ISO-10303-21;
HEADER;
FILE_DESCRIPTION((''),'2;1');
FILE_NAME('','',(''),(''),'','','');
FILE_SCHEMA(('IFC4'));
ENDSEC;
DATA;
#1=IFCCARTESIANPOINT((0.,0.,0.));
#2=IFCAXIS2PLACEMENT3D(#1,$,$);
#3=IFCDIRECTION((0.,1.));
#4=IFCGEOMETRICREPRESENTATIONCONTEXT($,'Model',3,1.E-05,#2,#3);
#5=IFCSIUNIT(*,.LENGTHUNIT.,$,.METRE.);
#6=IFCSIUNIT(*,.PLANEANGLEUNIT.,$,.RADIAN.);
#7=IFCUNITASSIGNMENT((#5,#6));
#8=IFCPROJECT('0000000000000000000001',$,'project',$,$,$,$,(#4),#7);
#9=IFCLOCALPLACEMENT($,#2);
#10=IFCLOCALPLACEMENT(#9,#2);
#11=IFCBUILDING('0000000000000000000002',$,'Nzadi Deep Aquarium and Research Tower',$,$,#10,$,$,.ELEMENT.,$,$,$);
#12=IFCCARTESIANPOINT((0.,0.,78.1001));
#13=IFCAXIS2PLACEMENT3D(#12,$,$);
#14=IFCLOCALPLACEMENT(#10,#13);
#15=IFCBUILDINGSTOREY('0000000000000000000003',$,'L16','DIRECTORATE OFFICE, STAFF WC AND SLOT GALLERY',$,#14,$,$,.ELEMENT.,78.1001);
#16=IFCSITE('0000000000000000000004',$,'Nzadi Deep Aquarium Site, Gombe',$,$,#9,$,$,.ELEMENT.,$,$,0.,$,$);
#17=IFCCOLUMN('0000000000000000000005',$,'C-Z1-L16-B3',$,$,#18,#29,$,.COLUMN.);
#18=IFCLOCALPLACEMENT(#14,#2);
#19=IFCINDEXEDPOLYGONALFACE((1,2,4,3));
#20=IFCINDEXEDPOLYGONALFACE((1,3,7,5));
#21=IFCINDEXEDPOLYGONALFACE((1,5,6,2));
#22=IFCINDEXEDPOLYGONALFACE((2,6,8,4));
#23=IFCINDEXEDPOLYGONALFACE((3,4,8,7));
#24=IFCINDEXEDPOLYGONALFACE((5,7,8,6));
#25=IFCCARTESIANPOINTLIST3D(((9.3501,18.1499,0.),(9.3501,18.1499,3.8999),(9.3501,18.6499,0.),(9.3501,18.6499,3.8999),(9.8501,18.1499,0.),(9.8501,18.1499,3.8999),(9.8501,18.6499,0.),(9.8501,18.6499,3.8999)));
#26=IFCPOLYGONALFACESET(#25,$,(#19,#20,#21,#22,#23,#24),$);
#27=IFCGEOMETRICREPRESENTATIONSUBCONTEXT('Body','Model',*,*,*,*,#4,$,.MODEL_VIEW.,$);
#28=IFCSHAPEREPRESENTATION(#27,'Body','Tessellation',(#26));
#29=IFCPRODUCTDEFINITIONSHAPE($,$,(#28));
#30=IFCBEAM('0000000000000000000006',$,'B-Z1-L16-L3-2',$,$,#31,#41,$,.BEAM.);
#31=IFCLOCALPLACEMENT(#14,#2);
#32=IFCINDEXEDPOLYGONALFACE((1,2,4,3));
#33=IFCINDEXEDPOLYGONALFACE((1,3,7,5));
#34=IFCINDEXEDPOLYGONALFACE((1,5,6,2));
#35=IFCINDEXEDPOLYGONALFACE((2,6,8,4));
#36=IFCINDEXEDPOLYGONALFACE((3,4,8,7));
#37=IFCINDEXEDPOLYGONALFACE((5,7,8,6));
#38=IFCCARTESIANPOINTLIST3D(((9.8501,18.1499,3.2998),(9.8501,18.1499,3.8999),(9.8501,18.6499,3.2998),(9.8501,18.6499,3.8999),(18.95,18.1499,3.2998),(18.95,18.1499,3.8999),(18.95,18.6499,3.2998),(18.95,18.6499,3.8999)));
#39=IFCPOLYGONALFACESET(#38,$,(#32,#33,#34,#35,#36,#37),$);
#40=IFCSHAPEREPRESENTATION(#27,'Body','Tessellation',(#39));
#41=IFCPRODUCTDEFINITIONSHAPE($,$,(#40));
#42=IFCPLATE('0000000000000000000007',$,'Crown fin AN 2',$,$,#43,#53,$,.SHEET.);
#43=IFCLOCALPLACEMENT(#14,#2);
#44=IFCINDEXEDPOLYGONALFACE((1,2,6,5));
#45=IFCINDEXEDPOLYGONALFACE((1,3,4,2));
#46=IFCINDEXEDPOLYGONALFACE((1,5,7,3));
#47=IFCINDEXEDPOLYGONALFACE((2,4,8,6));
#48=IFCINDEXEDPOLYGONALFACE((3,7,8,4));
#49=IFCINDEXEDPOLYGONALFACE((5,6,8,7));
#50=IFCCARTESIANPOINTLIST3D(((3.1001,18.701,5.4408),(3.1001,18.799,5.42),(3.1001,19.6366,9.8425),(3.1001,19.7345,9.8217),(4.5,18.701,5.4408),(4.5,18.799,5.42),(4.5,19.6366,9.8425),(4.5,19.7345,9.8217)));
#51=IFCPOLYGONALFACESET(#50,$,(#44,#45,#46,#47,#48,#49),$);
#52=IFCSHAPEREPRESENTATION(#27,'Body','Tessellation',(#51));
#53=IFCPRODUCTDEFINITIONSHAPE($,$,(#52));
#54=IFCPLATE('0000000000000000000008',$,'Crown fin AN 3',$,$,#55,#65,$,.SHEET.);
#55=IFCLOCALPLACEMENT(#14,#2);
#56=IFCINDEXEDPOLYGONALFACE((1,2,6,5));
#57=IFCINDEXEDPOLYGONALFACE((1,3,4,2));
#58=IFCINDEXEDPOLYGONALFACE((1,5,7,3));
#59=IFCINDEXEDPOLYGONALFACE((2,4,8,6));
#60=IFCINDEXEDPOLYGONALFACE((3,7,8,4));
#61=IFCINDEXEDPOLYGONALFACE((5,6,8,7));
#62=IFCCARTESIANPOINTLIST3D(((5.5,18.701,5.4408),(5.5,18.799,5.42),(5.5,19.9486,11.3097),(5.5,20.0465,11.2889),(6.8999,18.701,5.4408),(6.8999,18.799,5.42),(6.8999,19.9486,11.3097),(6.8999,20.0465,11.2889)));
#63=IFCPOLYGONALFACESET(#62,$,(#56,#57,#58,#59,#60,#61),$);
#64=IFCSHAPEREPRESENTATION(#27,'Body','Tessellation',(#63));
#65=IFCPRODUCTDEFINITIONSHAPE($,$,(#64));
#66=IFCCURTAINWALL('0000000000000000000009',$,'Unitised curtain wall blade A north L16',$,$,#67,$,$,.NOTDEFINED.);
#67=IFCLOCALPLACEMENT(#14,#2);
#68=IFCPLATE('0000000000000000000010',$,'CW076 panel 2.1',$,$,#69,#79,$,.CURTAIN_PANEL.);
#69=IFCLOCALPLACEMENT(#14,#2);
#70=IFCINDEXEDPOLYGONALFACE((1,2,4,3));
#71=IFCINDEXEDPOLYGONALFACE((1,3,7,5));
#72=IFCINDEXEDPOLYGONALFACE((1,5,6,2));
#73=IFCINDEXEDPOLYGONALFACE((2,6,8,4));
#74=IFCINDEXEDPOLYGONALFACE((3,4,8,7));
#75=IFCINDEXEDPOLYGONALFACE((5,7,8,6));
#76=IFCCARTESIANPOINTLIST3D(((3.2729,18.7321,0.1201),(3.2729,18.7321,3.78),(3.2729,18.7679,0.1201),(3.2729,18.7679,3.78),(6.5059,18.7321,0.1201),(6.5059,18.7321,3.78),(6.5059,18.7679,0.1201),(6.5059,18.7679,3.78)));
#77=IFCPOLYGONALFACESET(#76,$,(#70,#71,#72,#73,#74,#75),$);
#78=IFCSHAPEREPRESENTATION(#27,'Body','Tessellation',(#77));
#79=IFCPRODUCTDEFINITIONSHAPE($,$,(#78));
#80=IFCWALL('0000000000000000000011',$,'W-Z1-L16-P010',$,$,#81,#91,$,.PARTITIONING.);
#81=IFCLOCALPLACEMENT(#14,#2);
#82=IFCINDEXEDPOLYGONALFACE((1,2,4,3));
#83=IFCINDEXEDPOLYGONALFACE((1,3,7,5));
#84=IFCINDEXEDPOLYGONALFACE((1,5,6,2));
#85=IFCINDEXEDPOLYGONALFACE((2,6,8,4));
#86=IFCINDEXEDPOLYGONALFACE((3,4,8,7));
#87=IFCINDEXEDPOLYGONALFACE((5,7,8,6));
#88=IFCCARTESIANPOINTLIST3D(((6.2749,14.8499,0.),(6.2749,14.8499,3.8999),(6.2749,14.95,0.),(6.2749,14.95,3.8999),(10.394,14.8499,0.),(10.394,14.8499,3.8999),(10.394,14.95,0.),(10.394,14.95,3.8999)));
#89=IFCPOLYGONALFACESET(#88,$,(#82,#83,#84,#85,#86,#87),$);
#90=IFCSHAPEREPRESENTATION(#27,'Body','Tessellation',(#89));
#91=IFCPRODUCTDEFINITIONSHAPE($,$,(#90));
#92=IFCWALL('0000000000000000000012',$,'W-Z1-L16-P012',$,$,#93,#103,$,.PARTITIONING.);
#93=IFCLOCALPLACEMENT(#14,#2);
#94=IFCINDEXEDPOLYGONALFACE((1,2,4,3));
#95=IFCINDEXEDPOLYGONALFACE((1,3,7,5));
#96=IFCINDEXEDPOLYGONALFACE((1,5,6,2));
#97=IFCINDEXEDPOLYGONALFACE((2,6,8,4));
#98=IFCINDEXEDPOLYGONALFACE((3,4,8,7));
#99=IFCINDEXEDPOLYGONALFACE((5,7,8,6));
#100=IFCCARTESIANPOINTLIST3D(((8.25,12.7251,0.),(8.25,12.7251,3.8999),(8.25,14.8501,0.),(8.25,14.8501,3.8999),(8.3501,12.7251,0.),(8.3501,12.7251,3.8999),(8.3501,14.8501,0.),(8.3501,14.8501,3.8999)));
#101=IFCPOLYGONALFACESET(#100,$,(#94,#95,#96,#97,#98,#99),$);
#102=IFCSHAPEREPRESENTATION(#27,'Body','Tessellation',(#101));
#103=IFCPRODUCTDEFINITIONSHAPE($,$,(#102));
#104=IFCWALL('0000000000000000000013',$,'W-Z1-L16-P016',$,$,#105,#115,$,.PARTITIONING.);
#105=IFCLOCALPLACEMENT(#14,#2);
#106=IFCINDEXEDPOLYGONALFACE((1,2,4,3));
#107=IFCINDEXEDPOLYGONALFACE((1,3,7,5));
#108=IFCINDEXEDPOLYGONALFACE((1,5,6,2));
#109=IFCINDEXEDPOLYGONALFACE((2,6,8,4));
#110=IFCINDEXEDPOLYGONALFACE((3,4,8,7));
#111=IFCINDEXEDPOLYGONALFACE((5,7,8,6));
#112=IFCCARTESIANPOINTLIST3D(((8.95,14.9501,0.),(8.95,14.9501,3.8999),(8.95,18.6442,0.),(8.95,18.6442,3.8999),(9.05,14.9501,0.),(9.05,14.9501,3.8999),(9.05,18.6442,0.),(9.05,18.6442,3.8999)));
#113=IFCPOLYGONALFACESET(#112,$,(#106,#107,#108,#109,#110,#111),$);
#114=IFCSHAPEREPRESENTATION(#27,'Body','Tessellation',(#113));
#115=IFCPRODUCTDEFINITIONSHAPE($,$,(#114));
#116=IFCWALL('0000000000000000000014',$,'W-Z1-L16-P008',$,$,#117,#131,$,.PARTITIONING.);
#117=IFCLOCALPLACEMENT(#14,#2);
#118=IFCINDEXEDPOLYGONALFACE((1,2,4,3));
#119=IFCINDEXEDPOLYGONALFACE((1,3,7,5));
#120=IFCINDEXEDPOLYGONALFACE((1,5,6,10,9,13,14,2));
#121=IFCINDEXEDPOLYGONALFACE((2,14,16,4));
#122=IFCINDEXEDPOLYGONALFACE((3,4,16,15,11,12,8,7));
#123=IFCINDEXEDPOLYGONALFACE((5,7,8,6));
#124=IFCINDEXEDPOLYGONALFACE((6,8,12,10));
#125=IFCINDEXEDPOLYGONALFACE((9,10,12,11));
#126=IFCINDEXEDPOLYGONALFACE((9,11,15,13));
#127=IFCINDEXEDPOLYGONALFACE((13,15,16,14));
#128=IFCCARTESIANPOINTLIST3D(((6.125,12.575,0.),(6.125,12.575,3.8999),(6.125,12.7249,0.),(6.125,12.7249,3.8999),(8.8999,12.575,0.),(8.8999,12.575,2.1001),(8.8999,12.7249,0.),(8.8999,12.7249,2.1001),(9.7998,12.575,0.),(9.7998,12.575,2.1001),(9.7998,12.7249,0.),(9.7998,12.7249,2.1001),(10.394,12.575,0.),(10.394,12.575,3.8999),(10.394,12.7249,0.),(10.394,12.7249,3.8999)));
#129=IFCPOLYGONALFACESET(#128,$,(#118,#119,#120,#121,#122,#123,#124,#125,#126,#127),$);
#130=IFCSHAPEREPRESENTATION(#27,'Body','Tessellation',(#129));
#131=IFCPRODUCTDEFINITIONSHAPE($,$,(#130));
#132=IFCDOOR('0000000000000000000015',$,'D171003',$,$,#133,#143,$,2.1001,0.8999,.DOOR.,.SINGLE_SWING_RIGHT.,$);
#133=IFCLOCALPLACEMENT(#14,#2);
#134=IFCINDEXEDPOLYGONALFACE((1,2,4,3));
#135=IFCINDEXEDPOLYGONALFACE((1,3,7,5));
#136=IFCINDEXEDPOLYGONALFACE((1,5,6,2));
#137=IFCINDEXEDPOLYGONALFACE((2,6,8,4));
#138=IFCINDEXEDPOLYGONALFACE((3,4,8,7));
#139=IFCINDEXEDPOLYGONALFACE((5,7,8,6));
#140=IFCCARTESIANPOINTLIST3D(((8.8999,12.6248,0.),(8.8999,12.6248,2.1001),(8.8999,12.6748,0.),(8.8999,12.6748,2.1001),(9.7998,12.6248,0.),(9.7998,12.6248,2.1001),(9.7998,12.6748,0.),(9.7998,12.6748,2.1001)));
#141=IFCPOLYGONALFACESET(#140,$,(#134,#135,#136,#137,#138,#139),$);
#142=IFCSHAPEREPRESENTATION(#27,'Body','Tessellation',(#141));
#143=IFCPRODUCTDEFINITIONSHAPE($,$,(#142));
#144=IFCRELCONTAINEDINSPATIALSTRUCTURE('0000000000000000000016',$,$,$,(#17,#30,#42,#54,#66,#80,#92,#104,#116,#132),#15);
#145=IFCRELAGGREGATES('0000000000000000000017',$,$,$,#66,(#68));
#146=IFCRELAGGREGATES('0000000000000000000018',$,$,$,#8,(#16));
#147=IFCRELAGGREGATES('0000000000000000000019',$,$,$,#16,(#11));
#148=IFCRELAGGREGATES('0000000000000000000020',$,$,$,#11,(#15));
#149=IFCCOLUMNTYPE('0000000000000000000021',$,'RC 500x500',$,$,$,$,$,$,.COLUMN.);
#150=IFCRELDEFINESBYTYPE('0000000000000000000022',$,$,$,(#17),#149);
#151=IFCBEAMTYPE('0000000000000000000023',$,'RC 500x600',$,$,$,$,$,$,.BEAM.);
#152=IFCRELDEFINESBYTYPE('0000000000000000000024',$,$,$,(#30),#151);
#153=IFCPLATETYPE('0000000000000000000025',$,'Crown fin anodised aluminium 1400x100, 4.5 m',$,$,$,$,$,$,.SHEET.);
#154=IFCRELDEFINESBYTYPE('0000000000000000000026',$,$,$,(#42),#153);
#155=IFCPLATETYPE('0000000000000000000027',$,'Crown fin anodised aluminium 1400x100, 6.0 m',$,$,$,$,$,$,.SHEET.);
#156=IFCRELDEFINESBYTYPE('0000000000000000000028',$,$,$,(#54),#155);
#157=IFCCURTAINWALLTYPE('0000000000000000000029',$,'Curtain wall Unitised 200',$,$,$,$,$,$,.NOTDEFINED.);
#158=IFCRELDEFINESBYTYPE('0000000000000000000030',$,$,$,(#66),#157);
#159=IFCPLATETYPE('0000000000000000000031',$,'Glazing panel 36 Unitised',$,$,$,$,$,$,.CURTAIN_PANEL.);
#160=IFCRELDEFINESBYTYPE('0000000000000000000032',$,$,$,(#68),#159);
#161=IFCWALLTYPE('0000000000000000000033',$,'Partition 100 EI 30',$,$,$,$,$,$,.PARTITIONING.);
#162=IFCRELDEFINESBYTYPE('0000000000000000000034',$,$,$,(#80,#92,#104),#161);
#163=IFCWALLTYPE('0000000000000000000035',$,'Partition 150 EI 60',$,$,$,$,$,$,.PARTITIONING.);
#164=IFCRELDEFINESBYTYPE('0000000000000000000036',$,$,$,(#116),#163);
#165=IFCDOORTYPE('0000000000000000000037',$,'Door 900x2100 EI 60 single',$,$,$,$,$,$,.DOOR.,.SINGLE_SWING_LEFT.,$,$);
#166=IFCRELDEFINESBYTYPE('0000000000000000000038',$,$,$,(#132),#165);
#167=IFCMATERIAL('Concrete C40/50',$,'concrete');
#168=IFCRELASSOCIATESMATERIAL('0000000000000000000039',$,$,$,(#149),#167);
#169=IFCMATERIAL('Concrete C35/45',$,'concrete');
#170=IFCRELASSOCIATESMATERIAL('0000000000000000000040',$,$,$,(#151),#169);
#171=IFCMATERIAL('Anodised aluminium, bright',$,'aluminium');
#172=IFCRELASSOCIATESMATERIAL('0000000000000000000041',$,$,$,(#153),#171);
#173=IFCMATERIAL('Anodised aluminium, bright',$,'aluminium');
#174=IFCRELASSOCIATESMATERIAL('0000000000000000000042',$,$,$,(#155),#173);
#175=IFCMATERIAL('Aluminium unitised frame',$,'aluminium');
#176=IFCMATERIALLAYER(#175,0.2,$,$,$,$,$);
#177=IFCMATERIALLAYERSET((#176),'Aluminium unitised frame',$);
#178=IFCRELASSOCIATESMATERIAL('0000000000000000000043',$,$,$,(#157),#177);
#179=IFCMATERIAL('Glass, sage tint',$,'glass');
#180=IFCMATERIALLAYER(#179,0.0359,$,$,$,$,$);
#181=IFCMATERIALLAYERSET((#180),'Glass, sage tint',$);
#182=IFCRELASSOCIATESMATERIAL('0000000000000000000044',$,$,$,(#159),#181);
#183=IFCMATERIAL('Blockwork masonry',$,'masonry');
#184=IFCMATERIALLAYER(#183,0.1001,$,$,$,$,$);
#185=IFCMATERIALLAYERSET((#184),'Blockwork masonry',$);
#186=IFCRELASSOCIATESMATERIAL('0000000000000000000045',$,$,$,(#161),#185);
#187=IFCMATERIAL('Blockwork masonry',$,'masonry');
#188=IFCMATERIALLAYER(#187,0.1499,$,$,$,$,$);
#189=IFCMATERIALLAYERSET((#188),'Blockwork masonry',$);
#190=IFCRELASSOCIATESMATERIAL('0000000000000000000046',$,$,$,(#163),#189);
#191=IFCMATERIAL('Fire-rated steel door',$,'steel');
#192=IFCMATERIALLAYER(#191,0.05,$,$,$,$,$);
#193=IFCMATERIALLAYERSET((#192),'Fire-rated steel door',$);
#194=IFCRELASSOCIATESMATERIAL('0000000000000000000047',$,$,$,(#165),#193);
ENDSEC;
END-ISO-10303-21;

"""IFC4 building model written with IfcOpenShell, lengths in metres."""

from ifc_helpers import new_model, si_unit, direction, frame, frame_2d, origin, origin_2d, place, context, subcontext, project, spatial, rectangle, extrude, material, layer, layer_set, material_profile, profile_set, type_object, element, fill, aggregate, save


model = new_model("IFC4")

# Units and contexts
model_context = context("Model", 3, precision=1e-05, world=origin(), true_north=direction((0.0, 1.0)))
body_context = subcontext(model_context, "Body", "Model", "MODEL_VIEW")
ifc_project = project(units=[si_unit("LENGTHUNIT", "METRE"), si_unit("PLANEANGLEUNIT", "RADIAN")], contexts=[model_context])

# Site, building, storey
site_placement = place(None, origin())
site = spatial("IfcSite", under=ifc_project, at=site_placement, Name="Nzadi Deep Aquarium Site, Gombe", CompositionType="ELEMENT", RefElevation=0.0)
building_placement = place(site_placement, origin())
building = spatial("IfcBuilding", under=site, at=building_placement, Name="Nzadi Deep Aquarium and Research Tower", CompositionType="ELEMENT")
storey_placement = place(building_placement, frame((0.0, 0.0, 78.1001)))
storey = spatial("IfcBuildingStorey", under=building, at=storey_placement, Name="L16", Description="DIRECTORATE OFFICE, STAFF WC AND SLOT GALLERY", CompositionType="ELEMENT", Elevation=78.1001)

# Column
ifc_material_1 = material(Name="Concrete C40/50", Category="concrete")
ifc_material_profile_1 = material_profile(ifc_material_1, rectangle(XDim=0.5, YDim=0.5, at=origin_2d()))
ifc_profile_set_1 = profile_set([ifc_material_profile_1], Name="Concrete C40/50")
column_type = type_object("IfcColumnType", Name="RC 500x500", PredefinedType="COLUMN", material=ifc_profile_set_1)
column_placement = place(storey_placement, frame((9.6001, 18.3999, 0.0), z_axis=(0.0, 0.0, 1.0), x_axis=(1.0, 0.0, 0.0)))
element("IfcColumn", 1, at=column_placement, inside=storey, type_object=column_type, Name="C-Z1-L16-B3", PredefinedType="COLUMN", context=body_context, shape_type="SweptSolid", body=[
    extrude(rectangle(XDim=0.5, YDim=0.5, at=origin_2d()), origin(), (0.0, 0.0, 1.0), 3.8999),
])

# Beam
ifc_material_2 = material(Name="Concrete C35/45", Category="concrete")
ifc_material_profile_2 = material_profile(ifc_material_2, rectangle(XDim=0.5, YDim=0.6001, at=origin_2d()))
ifc_profile_set_2 = profile_set([ifc_material_profile_2], Name="Concrete C35/45")
beam_type = type_object("IfcBeamType", Name="RC 500x600", PredefinedType="BEAM", material=ifc_profile_set_2)
beam_placement = place(storey_placement, frame((9.8501, 18.3999, 3.5999), z_axis=(1.0, 0.0, 0.0), x_axis=(0.0, 1.0, 0.0)))
element("IfcBeam", 2, at=beam_placement, inside=storey, type_object=beam_type, Name="B-Z1-L16-L3-2", PredefinedType="BEAM", context=body_context, shape_type="SweptSolid", body=[
    extrude(rectangle(XDim=0.5, YDim=0.6001, at=origin_2d()), origin(), (0.0, 0.0, 1.0), 9.0999),
])

# Plates
ifc_material_3 = material(Name="Anodised aluminium, bright", Category="aluminium")
ifc_material_profile_3 = material_profile(ifc_material_3, rectangle(XDim=1.3999, YDim=0.1001, at=origin_2d()))
ifc_profile_set_3 = profile_set([ifc_material_profile_3], Name="Anodised aluminium, bright")
plate_type_1 = type_object("IfcPlateType", Name="Crown fin anodised aluminium 1400x100, 4.5 m", PredefinedType="SHEET", material=ifc_profile_set_3)
plate_1_placement = place(storey_placement, frame((3.8, 18.75, 5.4304), z_axis=(0.0, 0.207902, 0.97815), x_axis=(-1.0, 0.0, 0.0)))
element("IfcPlate", 3, at=plate_1_placement, inside=storey, type_object=plate_type_1, Name="Crown fin AN 2", PredefinedType="SHEET", context=body_context, shape_type="SweptSolid", body=[
    extrude(rectangle(XDim=1.3999, YDim=0.1001, at=origin_2d()), origin(), (0.0, 0.0, 1.0), 4.5),
])
ifc_material_4 = material(Name="Anodised aluminium, bright", Category="aluminium")
ifc_material_profile_4 = material_profile(ifc_material_4, rectangle(XDim=1.3999, YDim=0.1001, at=origin_2d()))
ifc_profile_set_4 = profile_set([ifc_material_profile_4], Name="Anodised aluminium, bright")
plate_type_2 = type_object("IfcPlateType", Name="Crown fin anodised aluminium 1400x100, 6.0 m", PredefinedType="SHEET", material=ifc_profile_set_4)
plate_2_placement = place(storey_placement, frame((6.2, 18.75, 5.4304), z_axis=(0.0, 0.207925, 0.978145), x_axis=(-1.0, 0.0, 0.0)))
element("IfcPlate", 4, at=plate_2_placement, inside=storey, type_object=plate_type_2, Name="Crown fin AN 3", PredefinedType="SHEET", context=body_context, shape_type="SweptSolid", body=[
    extrude(rectangle(XDim=1.3999, YDim=0.1001, at=origin_2d()), origin(), (0.0, 0.0, 1.0), 6.0),
])

# Curtain wall, plate
ifc_material_5 = material(Name="Aluminium unitised frame", Category="aluminium")
ifc_layer_1 = layer(ifc_material_5, 0.2)
ifc_layer_set_1 = layer_set([ifc_layer_1], Name="Aluminium unitised frame")
curtain_wall_type = type_object("IfcCurtainWallType", Name="Curtain wall Unitised 200", PredefinedType="NOTDEFINED", material=ifc_layer_set_1)
curtain_wall_placement = place(storey_placement, origin())
curtain_wall = element("IfcCurtainWall", 5, at=curtain_wall_placement, inside=storey, type_object=curtain_wall_type, Name="Unitised curtain wall blade A north L16", PredefinedType="NOTDEFINED")
ifc_material_6 = material(Name="Glass, sage tint", Category="glass")
ifc_layer_2 = layer(ifc_material_6, 0.0359)
ifc_layer_set_2 = layer_set([ifc_layer_2], Name="Glass, sage tint")
plate_type_3 = type_object("IfcPlateType", Name="Glazing panel 36 Unitised", PredefinedType="CURTAIN_PANEL", material=ifc_layer_set_2)
plate_3_placement = place(storey_placement, frame((4.8894, 18.75, 0.1201), z_axis=(0.0, 0.0, 1.0), x_axis=(1.0, 0.0, 0.0)))
plate_3 = element("IfcPlate", 6, at=plate_3_placement, type_object=plate_type_3, Name="CW076 panel 2.1", PredefinedType="CURTAIN_PANEL", context=body_context, shape_type="SweptSolid", body=[
    extrude(rectangle(XDim=3.2329, YDim=0.0359, at=origin_2d()), origin(), (0.0, 0.0, 1.0), 3.6599),
])
aggregate(curtain_wall, [plate_3])

# Walls
ifc_material_7 = material(Name="Blockwork masonry", Category="masonry")
ifc_layer_3 = layer(ifc_material_7, 0.1001)
ifc_layer_set_3 = layer_set([ifc_layer_3], Name="Blockwork masonry")
wall_type_1 = type_object("IfcWallType", Name="Partition 100 EI 30", PredefinedType="PARTITIONING", material=ifc_layer_set_3)
wall_1_placement = place(storey_placement, frame((6.2749, 14.8999, 0.0), z_axis=(0.0, 0.0, 1.0), x_axis=(1.0, 0.0, 0.0)))
element("IfcWall", 7, at=wall_1_placement, inside=storey, type_object=wall_type_1, Name="W-Z1-L16-P010", PredefinedType="PARTITIONING", context=body_context, shape_type="SweptSolid", body=[
    extrude(rectangle(XDim=4.1191, YDim=0.1001, at=frame_2d((2.0596, 0.0))), origin(), (0.0, 0.0, 1.0), 3.8999),
])
wall_2_placement = place(storey_placement, frame((8.3, 12.7251, 0.0), z_axis=(0.0, 0.0, 1.0), x_axis=(0.0, 1.0, 0.0)))
element("IfcWall", 8, at=wall_2_placement, inside=storey, type_object=wall_type_1, Name="W-Z1-L16-P012", PredefinedType="PARTITIONING", context=body_context, shape_type="SweptSolid", body=[
    extrude(rectangle(XDim=2.125, YDim=0.1001, at=frame_2d((1.0625, 0.0))), origin(), (0.0, 0.0, 1.0), 3.8999),
])
wall_3_placement = place(storey_placement, frame((9.0, 14.95, 0.0), z_axis=(0.0, 0.0, 1.0), x_axis=(0.0, 1.0, 0.0)))
element("IfcWall", 9, at=wall_3_placement, inside=storey, type_object=wall_type_1, Name="W-Z1-L16-P016", PredefinedType="PARTITIONING", context=body_context, shape_type="SweptSolid", body=[
    extrude(rectangle(XDim=3.6941, YDim=0.1001, at=frame_2d((1.8472, 0.0))), origin(), (0.0, 0.0, 1.0), 3.8999),
])

# Wall, opening, door
ifc_material_8 = material(Name="Blockwork masonry", Category="masonry")
ifc_layer_4 = layer(ifc_material_8, 0.1499)
ifc_layer_set_4 = layer_set([ifc_layer_4], Name="Blockwork masonry")
wall_type_2 = type_object("IfcWallType", Name="Partition 150 EI 60", PredefinedType="PARTITIONING", material=ifc_layer_set_4)
wall_4_placement = place(storey_placement, frame((6.125, 12.6499, 0.0), z_axis=(0.0, 0.0, 1.0), x_axis=(1.0, 0.0, 0.0)))
wall_4 = element("IfcWall", 10, at=wall_4_placement, inside=storey, type_object=wall_type_2, Name="W-Z1-L16-P008", PredefinedType="PARTITIONING", context=body_context, shape_type="SweptSolid", body=[
    extrude(rectangle(XDim=4.269, YDim=0.1499, at=frame_2d((2.1345, 0.0))), origin(), (0.0, 0.0, 1.0), 3.8999),
])
opening_1_placement = place(wall_4_placement, frame((2.7749, 0.0, 0.0)))
opening_1 = element("IfcOpeningElement", 11, at=opening_1_placement, cuts=wall_4, PredefinedType="OPENING", context=body_context, shape_type="SweptSolid", body=[
    extrude(rectangle(XDim=0.8999, YDim=2.1001, at=frame_2d((0.45, 1.05))), frame((0.0, 0.085, 0.0), z_axis=(0.0, -1.0, 0.0), x_axis=(1.0, 0.0, 0.0)), (0.0, 0.0, 1.0), 0.1699),
])
ifc_material_9 = material(Name="Fire-rated steel door", Category="steel")
ifc_layer_5 = layer(ifc_material_9, 0.05)
ifc_layer_set_5 = layer_set([ifc_layer_5], Name="Fire-rated steel door")
door_type_1 = type_object("IfcDoorType", Name="Door 900x2100 EI 60 single", OperationType="SINGLE_SWING_LEFT", PredefinedType="DOOR", material=ifc_layer_set_5)
door_1_placement = place(opening_1_placement, origin())
door_1 = element("IfcDoor", 12, at=door_1_placement, inside=storey, type_object=door_type_1, Name="D171003", OperationType="SINGLE_SWING_RIGHT", OverallHeight=2.1001, OverallWidth=0.8999, PredefinedType="DOOR", context=body_context, shape_type="SweptSolid", body=[
    extrude(rectangle(XDim=0.8999, YDim=2.1001, at=frame_2d((0.45, 1.05))), frame((0.0, 0.0249, 0.0), z_axis=(0.0, -1.0, 0.0), x_axis=(1.0, 0.0, 0.0)), (0.0, 0.0, 1.0), 0.05),
])
fill(opening_1, door_1)

save(model, "model.ifc")
